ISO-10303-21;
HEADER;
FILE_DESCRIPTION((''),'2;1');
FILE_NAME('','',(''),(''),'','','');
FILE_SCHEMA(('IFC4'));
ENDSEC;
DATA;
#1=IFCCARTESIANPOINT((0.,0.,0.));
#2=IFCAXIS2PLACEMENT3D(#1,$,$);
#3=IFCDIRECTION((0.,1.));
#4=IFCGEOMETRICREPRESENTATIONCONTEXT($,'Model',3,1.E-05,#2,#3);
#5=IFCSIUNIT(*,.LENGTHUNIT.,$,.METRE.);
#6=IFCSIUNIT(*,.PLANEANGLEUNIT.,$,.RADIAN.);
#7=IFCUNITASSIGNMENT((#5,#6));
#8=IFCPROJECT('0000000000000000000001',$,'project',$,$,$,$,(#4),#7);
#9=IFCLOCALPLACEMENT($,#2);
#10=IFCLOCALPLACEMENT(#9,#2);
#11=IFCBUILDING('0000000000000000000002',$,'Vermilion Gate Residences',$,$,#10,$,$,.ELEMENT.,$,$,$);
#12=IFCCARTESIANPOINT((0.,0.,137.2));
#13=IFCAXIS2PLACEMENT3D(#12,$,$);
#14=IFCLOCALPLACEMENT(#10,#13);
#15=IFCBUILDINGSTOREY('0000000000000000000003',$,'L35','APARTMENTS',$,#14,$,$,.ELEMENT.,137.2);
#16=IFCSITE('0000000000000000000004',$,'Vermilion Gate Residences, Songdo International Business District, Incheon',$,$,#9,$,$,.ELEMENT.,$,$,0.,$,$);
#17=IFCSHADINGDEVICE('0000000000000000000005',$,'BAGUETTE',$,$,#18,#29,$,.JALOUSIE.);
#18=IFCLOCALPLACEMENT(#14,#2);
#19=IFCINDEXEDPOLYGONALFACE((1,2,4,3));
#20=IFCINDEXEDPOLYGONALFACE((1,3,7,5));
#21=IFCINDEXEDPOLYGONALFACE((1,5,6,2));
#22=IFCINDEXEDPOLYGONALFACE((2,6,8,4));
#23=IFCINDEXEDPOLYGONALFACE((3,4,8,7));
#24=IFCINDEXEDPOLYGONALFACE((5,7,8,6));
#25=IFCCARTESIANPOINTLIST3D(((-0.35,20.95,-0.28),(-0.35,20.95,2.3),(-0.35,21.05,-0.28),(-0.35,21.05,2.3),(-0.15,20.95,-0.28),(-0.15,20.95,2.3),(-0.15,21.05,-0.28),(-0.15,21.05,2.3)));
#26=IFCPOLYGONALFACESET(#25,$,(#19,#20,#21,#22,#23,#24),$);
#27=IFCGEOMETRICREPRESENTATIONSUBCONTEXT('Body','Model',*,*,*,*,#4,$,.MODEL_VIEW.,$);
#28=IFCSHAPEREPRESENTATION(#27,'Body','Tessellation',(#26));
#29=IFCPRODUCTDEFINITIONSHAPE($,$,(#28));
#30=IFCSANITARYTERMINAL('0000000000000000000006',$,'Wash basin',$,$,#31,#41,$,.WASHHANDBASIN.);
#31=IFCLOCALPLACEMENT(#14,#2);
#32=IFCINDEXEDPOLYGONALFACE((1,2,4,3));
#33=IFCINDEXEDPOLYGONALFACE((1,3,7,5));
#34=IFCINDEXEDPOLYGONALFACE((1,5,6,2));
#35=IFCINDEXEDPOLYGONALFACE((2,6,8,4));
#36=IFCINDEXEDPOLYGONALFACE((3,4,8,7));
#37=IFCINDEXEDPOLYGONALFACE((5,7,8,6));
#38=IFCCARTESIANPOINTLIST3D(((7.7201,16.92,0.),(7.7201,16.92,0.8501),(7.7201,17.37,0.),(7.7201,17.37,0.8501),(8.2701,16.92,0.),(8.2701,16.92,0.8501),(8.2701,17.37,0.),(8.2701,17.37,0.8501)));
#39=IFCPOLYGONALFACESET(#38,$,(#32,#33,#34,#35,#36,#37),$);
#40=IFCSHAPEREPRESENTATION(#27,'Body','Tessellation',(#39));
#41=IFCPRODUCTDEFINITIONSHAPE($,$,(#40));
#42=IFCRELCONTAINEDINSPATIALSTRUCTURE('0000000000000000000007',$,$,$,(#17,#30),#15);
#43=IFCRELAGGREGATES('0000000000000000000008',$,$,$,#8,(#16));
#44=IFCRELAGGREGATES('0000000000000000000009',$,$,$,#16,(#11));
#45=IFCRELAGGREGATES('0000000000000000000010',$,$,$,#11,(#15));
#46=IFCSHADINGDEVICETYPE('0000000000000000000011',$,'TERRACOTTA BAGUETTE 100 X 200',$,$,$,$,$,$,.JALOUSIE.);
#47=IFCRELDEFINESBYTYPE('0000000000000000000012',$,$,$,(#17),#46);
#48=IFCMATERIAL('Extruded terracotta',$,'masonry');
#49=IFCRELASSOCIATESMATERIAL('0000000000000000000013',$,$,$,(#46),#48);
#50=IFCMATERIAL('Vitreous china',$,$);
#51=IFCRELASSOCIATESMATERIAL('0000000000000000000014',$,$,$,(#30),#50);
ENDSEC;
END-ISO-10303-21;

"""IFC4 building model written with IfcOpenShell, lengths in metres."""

from ifc_helpers import new_model, si_unit, direction, frame, origin, origin_2d, place, context, subcontext, project, spatial, rectangle, extrude, material, material_profile, profile_set, type_object, element, save


model = new_model("IFC4")

# Units and contexts
model_context = context("Model", 3, precision=1e-05, world=origin(), true_north=direction((0.0, 1.0)))
body_context = subcontext(model_context, "Body", "Model", "MODEL_VIEW")
ifc_project = project(units=[si_unit("LENGTHUNIT", "METRE"), si_unit("PLANEANGLEUNIT", "RADIAN")], contexts=[model_context])

# Site, building, storey
site_placement = place(None, origin())
site = spatial("IfcSite", under=ifc_project, at=site_placement, Name="Vermilion Gate Residences, Songdo International Business District, Incheon", CompositionType="ELEMENT", RefElevation=0.0)
building_placement = place(site_placement, origin())
building = spatial("IfcBuilding", under=site, at=building_placement, Name="Vermilion Gate Residences", CompositionType="ELEMENT")
storey_placement = place(building_placement, frame((0.0, 0.0, 137.2)))
storey = spatial("IfcBuildingStorey", under=building, at=storey_placement, Name="L35", Description="APARTMENTS", CompositionType="ELEMENT", Elevation=137.2)

# Shading device
ifc_material_1 = material(Name="Extruded terracotta", Category="masonry")
ifc_material_profile_1 = material_profile(ifc_material_1, rectangle(XDim=0.2, YDim=0.1001, at=origin_2d()), Name="BAGUETTE 100 X 200")
ifc_profile_set_1 = profile_set([ifc_material_profile_1], Name="Extruded terracotta")
shading_device_type_1 = type_object("IfcShadingDeviceType", Name="TERRACOTTA BAGUETTE 100 X 200", PredefinedType="JALOUSIE", material=ifc_profile_set_1)
shading_device_1_placement = place(storey_placement, frame((-0.25, 21.0, -0.28), z_axis=(0.0, 0.0, 1.0), x_axis=(1.0, 0.0, 0.0)))
element("IfcShadingDevice", 1, at=shading_device_1_placement, inside=storey, type_object=shading_device_type_1, Name="BAGUETTE", PredefinedType="JALOUSIE", context=body_context, shape_type="SweptSolid", body=[
    extrude(rectangle(XDim=0.2, YDim=0.1001, at=origin_2d()), origin(), (0.0, 0.0, 1.0), 2.5801),
])

# Sanitary terminal
ifc_material_2 = material(Name="Vitreous china")
sanitary_terminal_placement = place(storey_placement, frame((7.9951, 17.145, 0.0), z_axis=(0.0, 0.0, 1.0), x_axis=(1.0, 0.0, 0.0)))
element("IfcSanitaryTerminal", 2, at=sanitary_terminal_placement, inside=storey, material=ifc_material_2, Name="Wash basin", PredefinedType="WASHHANDBASIN", context=body_context, shape_type="SweptSolid", body=[
    extrude(rectangle(XDim=0.55, YDim=0.45, at=origin_2d()), origin(), (0.0, 0.0, 1.0), 0.8501),
])

save(model, "model.ifc")
